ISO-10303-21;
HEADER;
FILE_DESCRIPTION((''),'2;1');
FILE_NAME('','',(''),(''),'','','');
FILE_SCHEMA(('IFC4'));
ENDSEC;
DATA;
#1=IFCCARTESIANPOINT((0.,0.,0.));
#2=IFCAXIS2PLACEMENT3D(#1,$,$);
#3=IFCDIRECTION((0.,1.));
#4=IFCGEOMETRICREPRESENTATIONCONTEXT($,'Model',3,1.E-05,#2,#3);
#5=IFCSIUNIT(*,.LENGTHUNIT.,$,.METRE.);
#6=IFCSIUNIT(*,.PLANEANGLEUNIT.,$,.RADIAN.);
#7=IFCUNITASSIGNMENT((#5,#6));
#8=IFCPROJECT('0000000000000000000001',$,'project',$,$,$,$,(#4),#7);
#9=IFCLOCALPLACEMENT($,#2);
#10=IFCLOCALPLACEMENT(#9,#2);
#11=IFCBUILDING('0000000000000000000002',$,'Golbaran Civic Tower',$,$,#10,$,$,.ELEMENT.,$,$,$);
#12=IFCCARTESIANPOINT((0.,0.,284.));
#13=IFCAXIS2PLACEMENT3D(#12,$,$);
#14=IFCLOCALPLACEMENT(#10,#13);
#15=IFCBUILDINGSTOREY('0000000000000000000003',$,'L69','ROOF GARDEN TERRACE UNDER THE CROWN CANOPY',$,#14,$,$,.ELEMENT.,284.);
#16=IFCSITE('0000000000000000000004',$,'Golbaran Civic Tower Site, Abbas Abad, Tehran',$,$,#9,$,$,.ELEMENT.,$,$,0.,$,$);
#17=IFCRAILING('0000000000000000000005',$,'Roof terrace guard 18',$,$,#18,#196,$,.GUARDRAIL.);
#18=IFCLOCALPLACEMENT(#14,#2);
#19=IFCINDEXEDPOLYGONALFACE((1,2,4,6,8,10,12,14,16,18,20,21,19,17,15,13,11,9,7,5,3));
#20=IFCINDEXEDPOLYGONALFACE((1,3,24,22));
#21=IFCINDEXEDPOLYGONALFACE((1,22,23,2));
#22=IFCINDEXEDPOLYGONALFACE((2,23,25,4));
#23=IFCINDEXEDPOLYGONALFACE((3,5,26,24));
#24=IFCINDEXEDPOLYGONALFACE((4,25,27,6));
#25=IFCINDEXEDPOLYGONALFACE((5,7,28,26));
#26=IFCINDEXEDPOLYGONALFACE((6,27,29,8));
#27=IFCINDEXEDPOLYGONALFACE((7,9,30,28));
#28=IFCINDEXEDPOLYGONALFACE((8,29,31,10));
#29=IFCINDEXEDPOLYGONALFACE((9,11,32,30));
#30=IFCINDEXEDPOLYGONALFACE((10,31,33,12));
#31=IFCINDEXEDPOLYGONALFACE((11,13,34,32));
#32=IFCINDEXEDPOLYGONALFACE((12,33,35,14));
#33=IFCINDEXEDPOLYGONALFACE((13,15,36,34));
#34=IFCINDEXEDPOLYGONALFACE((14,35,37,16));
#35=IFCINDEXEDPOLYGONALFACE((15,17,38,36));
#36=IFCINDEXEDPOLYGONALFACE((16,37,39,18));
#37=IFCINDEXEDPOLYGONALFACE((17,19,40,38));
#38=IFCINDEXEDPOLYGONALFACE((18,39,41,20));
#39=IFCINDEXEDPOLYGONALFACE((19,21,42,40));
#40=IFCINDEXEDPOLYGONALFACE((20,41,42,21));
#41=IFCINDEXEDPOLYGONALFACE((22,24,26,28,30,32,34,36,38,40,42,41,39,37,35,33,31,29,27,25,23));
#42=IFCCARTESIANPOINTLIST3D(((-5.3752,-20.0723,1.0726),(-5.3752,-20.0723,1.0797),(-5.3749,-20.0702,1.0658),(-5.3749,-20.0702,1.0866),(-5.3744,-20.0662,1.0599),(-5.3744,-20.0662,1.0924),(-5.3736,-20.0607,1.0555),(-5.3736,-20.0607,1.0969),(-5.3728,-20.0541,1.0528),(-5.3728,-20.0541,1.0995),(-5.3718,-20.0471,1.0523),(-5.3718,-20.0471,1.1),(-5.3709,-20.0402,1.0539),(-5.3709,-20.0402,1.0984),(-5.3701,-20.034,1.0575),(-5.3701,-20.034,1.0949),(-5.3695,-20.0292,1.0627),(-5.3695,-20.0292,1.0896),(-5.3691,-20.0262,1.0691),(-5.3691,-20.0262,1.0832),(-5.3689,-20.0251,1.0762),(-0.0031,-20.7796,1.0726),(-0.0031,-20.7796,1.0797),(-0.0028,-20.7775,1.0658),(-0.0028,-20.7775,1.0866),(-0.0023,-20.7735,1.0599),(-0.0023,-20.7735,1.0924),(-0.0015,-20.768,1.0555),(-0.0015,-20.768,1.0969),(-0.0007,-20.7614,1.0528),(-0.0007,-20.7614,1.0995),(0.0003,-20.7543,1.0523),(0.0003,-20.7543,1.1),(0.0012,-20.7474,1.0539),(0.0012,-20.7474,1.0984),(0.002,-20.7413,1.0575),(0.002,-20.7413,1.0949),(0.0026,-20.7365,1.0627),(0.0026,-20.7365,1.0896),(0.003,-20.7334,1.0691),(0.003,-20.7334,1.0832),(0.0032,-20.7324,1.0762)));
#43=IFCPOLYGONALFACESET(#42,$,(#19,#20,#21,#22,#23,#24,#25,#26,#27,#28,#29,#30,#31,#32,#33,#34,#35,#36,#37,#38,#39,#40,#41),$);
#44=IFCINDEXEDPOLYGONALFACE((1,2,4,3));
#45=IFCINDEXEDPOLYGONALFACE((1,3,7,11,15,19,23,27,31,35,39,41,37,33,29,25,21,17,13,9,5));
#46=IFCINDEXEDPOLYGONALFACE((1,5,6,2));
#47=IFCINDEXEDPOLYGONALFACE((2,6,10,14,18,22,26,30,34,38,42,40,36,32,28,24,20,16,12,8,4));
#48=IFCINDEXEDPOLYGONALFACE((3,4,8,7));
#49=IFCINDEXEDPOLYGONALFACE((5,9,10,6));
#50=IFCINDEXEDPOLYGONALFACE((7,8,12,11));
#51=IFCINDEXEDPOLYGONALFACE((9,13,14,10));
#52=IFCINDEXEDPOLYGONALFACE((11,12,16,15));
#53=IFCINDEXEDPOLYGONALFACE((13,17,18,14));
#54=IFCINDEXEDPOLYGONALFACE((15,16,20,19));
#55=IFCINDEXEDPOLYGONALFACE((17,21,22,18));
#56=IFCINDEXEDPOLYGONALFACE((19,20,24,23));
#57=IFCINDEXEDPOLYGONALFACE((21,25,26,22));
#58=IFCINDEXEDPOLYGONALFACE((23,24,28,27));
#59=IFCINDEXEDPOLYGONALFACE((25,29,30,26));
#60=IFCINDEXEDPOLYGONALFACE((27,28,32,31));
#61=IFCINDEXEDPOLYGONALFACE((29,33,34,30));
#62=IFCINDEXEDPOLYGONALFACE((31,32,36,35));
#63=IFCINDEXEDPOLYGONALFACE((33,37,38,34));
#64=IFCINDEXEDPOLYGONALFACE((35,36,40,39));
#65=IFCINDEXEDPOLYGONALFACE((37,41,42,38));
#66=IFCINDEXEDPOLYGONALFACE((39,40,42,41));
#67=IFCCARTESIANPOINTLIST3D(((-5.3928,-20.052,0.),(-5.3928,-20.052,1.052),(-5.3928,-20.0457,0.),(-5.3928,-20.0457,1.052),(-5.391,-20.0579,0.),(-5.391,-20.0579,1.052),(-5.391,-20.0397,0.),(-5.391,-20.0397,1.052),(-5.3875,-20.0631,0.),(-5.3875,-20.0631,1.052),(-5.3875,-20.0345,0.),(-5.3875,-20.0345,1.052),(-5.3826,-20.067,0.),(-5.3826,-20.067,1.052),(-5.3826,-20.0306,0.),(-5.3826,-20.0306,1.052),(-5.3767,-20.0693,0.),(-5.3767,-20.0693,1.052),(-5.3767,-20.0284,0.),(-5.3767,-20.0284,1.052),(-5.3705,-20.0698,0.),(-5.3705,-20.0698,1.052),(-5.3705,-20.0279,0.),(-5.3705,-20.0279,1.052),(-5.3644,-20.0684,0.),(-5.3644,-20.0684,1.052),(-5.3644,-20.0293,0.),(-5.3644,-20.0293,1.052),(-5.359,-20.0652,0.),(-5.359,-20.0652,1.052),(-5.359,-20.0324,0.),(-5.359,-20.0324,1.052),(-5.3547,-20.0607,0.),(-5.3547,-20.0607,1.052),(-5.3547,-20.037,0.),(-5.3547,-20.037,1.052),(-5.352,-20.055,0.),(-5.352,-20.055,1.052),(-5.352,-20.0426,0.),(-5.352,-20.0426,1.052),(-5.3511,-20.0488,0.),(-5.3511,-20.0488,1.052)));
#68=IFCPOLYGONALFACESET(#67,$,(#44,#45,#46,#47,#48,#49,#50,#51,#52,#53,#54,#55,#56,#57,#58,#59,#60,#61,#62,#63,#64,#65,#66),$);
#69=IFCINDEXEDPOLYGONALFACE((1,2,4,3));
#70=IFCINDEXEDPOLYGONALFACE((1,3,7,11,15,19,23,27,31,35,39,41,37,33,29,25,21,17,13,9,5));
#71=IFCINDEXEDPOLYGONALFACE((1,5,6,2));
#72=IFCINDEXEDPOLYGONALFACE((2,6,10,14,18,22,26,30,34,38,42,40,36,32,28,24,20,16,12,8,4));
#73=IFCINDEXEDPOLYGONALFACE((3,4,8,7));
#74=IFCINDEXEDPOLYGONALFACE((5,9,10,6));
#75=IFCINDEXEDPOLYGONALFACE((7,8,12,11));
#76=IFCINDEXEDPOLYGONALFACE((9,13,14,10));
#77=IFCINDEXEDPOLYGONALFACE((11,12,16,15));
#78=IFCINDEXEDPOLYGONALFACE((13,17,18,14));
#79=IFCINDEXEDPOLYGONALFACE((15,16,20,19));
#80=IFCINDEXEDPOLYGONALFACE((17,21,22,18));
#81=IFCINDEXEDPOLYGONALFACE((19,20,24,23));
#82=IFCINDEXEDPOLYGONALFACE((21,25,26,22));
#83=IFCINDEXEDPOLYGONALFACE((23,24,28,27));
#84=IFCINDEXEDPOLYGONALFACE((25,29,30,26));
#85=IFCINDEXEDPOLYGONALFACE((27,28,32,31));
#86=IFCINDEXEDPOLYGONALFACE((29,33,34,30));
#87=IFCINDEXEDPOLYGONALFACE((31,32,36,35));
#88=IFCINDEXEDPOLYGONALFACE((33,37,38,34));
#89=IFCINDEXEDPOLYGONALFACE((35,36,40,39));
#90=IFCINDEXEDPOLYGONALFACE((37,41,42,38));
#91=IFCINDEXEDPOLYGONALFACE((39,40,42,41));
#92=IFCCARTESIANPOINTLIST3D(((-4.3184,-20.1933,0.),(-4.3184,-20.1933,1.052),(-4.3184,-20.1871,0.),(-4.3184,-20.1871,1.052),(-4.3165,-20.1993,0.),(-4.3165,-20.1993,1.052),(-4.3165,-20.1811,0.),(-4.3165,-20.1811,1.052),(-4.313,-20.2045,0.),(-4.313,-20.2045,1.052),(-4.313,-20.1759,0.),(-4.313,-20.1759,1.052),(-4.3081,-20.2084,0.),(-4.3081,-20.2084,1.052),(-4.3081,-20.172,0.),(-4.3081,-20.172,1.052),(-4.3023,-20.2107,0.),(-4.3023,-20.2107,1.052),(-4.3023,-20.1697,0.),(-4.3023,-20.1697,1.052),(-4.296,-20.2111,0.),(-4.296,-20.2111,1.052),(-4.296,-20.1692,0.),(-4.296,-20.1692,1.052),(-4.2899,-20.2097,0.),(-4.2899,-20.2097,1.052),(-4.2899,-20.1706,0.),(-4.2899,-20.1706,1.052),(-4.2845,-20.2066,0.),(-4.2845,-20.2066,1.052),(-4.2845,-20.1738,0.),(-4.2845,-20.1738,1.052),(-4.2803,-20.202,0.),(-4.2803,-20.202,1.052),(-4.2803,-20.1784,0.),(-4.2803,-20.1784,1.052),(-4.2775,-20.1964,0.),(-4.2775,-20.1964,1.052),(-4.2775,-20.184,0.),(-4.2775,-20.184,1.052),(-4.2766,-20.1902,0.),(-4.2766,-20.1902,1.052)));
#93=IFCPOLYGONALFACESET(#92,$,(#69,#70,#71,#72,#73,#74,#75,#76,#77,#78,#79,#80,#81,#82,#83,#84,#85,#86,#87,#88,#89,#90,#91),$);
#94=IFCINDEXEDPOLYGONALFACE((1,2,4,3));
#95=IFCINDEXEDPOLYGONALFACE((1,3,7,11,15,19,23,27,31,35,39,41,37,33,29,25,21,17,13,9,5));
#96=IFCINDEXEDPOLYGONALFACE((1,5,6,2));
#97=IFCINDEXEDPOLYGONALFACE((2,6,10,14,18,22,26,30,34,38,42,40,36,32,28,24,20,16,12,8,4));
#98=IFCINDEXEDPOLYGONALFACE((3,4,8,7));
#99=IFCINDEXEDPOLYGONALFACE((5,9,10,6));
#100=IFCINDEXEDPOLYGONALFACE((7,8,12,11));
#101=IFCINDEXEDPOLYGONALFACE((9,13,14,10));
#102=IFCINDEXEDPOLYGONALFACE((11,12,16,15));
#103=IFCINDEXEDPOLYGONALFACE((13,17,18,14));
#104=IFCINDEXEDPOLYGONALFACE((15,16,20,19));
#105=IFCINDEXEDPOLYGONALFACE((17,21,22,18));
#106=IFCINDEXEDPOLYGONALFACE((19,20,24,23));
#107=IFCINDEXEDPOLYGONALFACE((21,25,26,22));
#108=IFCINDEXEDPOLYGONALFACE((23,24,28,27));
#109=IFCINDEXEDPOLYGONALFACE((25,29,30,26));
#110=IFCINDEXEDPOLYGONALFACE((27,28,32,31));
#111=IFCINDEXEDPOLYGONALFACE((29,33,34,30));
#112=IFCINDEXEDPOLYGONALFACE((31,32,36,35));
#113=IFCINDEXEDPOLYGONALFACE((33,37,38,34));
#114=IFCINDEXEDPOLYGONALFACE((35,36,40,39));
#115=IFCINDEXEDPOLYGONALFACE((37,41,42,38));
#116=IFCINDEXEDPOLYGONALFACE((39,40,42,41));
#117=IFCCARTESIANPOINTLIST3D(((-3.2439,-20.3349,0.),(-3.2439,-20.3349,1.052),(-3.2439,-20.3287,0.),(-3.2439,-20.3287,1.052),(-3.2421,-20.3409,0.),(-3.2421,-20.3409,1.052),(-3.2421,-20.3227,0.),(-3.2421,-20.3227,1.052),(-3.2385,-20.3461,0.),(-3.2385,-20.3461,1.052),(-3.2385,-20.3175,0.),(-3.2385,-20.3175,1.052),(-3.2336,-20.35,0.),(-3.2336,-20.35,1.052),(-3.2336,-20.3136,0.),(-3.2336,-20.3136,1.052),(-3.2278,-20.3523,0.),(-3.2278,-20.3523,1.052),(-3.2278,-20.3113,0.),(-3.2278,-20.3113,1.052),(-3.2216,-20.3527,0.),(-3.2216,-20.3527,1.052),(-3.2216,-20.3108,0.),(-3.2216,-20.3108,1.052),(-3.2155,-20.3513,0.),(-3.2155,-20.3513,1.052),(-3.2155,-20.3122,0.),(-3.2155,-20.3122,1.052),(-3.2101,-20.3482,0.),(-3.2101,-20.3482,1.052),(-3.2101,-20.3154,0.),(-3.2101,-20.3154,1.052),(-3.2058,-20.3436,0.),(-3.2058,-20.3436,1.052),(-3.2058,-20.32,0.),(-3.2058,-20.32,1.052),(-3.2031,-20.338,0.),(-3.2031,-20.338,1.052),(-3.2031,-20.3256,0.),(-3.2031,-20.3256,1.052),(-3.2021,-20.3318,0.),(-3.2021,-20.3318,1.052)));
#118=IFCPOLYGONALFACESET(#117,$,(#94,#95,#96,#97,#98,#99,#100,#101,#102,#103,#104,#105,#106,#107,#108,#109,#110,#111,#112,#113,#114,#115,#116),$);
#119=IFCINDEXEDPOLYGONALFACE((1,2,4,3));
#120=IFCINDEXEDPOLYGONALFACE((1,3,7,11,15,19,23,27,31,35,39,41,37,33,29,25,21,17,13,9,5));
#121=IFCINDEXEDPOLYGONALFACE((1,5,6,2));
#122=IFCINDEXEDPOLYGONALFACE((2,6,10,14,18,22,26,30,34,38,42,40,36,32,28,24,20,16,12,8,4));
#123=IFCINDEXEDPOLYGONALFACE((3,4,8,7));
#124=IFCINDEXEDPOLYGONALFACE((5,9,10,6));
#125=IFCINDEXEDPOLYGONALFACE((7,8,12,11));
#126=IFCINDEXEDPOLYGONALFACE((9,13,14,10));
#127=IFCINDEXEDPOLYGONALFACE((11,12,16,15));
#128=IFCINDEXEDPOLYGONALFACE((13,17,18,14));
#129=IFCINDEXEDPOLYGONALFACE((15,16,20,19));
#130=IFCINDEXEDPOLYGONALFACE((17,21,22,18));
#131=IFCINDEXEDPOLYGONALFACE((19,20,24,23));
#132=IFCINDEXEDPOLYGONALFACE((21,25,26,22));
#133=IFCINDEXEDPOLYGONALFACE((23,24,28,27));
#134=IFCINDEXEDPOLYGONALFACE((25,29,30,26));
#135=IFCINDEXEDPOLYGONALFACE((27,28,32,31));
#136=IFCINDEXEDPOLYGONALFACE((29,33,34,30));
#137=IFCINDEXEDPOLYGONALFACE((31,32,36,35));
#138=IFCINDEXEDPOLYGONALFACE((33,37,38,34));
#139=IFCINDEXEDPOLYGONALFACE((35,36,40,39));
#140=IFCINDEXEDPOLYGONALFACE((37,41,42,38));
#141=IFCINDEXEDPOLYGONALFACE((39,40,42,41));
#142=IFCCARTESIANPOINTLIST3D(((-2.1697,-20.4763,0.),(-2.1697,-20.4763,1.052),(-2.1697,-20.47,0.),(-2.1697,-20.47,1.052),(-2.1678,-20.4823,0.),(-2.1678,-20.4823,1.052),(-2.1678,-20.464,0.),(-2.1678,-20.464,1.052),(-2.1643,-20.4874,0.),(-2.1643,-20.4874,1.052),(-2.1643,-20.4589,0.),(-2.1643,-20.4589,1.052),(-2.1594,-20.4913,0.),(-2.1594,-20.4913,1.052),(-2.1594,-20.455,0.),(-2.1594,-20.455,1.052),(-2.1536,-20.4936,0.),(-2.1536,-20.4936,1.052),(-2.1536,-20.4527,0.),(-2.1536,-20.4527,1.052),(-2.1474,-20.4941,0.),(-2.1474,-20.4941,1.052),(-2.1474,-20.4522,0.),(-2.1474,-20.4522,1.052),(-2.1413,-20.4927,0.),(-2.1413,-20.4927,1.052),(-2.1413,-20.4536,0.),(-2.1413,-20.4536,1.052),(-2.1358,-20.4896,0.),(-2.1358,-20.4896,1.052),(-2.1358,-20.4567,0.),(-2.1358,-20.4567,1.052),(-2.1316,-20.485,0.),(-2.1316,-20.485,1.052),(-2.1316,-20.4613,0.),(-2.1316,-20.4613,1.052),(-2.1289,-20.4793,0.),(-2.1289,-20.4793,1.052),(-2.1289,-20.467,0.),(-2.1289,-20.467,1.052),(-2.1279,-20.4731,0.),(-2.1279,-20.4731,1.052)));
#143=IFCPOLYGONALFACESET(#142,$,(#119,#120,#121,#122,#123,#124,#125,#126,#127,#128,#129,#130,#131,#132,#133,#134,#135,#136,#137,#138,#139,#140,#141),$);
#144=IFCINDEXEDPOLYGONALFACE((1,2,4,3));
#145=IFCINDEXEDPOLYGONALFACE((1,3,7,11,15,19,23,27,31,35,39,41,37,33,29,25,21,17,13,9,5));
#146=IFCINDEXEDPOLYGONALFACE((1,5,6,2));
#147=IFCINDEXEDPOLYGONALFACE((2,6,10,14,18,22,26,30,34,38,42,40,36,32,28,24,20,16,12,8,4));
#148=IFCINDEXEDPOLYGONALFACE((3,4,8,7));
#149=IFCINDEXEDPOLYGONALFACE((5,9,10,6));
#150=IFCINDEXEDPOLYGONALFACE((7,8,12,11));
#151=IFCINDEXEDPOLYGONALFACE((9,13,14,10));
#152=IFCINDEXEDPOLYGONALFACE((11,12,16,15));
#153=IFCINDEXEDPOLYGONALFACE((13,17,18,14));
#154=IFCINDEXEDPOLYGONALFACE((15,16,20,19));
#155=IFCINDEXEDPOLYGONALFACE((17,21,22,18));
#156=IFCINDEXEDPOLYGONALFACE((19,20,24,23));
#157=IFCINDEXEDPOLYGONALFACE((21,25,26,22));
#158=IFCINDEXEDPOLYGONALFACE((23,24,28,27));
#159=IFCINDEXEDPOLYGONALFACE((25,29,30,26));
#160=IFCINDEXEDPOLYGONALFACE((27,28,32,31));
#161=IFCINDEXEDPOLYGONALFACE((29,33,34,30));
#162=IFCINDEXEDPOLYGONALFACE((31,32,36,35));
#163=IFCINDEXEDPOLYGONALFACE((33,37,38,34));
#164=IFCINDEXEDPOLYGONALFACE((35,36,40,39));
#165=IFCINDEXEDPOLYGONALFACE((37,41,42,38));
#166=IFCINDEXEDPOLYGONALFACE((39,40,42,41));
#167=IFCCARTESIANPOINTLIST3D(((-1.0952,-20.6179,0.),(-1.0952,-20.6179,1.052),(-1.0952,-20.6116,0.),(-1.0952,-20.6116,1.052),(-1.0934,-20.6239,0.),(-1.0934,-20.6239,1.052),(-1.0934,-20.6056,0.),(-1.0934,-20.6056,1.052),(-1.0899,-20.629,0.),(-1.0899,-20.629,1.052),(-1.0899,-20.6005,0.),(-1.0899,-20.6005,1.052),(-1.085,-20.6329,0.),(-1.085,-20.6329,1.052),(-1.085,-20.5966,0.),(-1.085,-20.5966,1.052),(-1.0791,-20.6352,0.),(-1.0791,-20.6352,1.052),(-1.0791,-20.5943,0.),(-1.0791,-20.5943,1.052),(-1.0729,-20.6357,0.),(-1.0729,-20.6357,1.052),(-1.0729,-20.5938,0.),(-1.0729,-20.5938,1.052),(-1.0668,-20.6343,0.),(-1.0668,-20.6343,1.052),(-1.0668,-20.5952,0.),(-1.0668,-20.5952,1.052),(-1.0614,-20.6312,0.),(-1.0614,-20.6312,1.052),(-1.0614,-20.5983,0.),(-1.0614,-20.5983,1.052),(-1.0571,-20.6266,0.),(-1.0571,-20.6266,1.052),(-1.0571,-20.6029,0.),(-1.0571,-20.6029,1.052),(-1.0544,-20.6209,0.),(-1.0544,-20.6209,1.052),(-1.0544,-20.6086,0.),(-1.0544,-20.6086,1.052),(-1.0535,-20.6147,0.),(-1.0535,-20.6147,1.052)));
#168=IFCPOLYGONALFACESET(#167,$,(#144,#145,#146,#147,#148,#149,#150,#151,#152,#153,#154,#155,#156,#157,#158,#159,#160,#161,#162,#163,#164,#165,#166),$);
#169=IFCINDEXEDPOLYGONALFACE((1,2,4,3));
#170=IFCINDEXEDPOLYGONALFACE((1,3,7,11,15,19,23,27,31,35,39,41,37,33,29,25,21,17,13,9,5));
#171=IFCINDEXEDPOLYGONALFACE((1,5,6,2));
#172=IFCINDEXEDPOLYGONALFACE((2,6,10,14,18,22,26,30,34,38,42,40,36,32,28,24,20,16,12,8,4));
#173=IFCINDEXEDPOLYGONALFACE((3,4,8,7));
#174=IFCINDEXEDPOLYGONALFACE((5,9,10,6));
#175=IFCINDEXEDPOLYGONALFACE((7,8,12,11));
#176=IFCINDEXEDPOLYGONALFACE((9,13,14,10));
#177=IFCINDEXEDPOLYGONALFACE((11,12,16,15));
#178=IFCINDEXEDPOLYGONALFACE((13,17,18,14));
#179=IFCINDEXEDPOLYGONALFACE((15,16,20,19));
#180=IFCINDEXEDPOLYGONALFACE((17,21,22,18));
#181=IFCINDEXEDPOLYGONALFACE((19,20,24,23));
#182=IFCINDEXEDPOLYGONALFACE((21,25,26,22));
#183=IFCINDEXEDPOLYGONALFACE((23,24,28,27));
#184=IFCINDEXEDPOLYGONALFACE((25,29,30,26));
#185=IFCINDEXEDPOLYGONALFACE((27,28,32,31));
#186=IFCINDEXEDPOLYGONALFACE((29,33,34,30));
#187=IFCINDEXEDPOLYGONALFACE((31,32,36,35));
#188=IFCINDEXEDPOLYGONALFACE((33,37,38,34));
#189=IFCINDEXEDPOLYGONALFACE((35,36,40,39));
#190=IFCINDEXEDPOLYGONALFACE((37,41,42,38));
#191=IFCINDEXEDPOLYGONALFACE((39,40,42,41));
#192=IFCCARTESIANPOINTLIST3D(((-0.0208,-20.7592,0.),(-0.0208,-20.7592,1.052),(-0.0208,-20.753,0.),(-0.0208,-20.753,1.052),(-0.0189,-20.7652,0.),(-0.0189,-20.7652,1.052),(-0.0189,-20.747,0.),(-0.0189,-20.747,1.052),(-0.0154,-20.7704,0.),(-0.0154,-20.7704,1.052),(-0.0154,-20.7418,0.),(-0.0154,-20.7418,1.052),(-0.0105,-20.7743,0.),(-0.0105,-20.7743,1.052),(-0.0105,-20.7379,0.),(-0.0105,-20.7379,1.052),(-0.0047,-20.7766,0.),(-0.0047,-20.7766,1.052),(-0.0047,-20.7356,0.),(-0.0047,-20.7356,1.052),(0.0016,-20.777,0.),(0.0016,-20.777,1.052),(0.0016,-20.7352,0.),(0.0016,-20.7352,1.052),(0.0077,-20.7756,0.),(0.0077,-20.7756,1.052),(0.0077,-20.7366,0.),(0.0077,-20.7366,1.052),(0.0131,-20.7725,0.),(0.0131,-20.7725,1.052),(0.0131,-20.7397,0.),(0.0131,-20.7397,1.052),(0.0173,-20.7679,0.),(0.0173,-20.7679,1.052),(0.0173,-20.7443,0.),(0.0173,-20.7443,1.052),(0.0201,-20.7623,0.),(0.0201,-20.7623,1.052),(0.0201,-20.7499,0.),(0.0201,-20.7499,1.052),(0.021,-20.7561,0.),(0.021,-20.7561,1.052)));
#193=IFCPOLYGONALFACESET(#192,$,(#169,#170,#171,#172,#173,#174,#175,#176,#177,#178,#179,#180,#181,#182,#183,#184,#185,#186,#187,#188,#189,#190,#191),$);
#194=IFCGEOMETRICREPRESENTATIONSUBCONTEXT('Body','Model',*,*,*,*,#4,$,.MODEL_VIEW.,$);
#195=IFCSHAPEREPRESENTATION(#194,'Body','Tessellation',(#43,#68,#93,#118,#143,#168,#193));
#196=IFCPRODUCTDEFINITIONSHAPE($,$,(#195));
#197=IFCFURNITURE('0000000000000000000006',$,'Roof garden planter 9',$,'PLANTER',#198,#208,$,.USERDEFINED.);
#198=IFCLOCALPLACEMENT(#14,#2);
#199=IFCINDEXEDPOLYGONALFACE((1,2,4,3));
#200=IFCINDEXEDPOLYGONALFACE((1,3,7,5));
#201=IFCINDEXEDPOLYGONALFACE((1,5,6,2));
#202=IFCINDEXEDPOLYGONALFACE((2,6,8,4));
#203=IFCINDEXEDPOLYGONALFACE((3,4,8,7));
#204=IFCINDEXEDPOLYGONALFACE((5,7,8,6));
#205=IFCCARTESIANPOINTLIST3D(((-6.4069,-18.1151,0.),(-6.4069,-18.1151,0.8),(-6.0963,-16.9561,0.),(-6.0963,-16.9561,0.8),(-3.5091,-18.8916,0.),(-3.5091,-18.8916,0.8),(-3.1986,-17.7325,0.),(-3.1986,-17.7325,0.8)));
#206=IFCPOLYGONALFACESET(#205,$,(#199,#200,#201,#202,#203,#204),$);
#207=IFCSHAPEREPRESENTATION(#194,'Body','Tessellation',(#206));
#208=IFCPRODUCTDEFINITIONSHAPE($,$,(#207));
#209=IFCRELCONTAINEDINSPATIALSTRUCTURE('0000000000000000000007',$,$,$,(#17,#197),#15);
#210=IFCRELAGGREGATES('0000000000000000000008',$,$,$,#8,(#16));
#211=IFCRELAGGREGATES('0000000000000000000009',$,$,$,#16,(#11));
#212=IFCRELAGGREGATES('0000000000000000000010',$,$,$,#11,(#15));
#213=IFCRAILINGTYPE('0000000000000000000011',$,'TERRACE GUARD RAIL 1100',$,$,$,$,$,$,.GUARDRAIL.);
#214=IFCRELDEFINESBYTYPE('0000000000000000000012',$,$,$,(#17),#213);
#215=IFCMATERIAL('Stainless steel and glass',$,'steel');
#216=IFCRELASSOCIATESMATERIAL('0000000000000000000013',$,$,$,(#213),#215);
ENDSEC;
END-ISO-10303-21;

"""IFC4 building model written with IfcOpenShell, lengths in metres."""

from ifc_helpers import new_model, si_unit, direction, frame, origin, origin_2d, place, context, subcontext, project, spatial, rectangle, circle, extrude, material, type_object, element, save


model = new_model("IFC4")

# Units and contexts
model_context = context("Model", 3, precision=1e-05, world=origin(), true_north=direction((0.0, 1.0)))
body_context = subcontext(model_context, "Body", "Model", "MODEL_VIEW")
ifc_project = project(units=[si_unit("LENGTHUNIT", "METRE"), si_unit("PLANEANGLEUNIT", "RADIAN")], contexts=[model_context])

# Site, building, storey
site_placement = place(None, origin())
site = spatial("IfcSite", under=ifc_project, at=site_placement, Name="Golbaran Civic Tower Site, Abbas Abad, Tehran", CompositionType="ELEMENT", RefElevation=0.0)
building_placement = place(site_placement, origin())
building = spatial("IfcBuilding", under=site, at=building_placement, Name="Golbaran Civic Tower", CompositionType="ELEMENT")
storey_placement = place(building_placement, frame((0.0, 0.0, 284.0)))
storey = spatial("IfcBuildingStorey", under=building, at=storey_placement, Name="L69", Description="ROOF GARDEN TERRACE UNDER THE CROWN CANOPY", CompositionType="ELEMENT", Elevation=284.0)

# Railing
ifc_material_1 = material(Name="Stainless steel and glass", Category="steel")
railing_type = type_object("IfcRailingType", Name="TERRACE GUARD RAIL 1100", PredefinedType="GUARDRAIL", material=ifc_material_1)
railing_1_placement = place(storey_placement, frame((-5.3721, -20.0488, 0.0)))
element("IfcRailing", 1, at=railing_1_placement, inside=storey, type_object=railing_type, Name="Roof terrace guard 18", PredefinedType="GUARDRAIL", context=body_context, shape_type="SweptSolid", body=[
    extrude(circle(Radius=0.0239, at=origin_2d()), frame((0.0, 0.0, 1.0762), z_axis=(0.991444, -0.130531, 0.0), x_axis=(0.130531, 0.991444, 0.0)), (0.0, 0.0, 1.0), 5.4185),
    extrude(circle(Radius=0.021, at=origin_2d()), origin(), (0.0, 0.0, 1.0), 1.052),
    extrude(circle(Radius=0.021, at=origin_2d()), frame((1.0745, -0.1414, 0.0)), (0.0, 0.0, 1.0), 1.052),
    extrude(circle(Radius=0.021, at=origin_2d()), frame((2.1489, -0.283, 0.0)), (0.0, 0.0, 1.0), 1.052),
    extrude(circle(Radius=0.021, at=origin_2d()), frame((3.2231, -0.4243, 0.0)), (0.0, 0.0, 1.0), 1.052),
    extrude(circle(Radius=0.021, at=origin_2d()), frame((4.2976, -0.5659, 0.0)), (0.0, 0.0, 1.0), 1.052),
    extrude(circle(Radius=0.021, at=origin_2d()), frame((5.3721, -0.7073, 0.0)), (0.0, 0.0, 1.0), 1.052),
])

# Furniture
furniture_placement = place(storey_placement, frame((-4.8027, -17.9238, 0.0), z_axis=(0.0, 0.0, 1.0), x_axis=(0.965926, -0.258819, 0.0)))
element("IfcFurniture", 2, at=furniture_placement, inside=storey, Name="Roof garden planter 9", ObjectType="PLANTER", PredefinedType="USERDEFINED", context=body_context, shape_type="SweptSolid", body=[
    extrude(rectangle(XDim=3.0, YDim=1.2, at=origin_2d()), origin(), (0.0, 0.0, 1.0), 0.8),
])

save(model, "model.ifc")
